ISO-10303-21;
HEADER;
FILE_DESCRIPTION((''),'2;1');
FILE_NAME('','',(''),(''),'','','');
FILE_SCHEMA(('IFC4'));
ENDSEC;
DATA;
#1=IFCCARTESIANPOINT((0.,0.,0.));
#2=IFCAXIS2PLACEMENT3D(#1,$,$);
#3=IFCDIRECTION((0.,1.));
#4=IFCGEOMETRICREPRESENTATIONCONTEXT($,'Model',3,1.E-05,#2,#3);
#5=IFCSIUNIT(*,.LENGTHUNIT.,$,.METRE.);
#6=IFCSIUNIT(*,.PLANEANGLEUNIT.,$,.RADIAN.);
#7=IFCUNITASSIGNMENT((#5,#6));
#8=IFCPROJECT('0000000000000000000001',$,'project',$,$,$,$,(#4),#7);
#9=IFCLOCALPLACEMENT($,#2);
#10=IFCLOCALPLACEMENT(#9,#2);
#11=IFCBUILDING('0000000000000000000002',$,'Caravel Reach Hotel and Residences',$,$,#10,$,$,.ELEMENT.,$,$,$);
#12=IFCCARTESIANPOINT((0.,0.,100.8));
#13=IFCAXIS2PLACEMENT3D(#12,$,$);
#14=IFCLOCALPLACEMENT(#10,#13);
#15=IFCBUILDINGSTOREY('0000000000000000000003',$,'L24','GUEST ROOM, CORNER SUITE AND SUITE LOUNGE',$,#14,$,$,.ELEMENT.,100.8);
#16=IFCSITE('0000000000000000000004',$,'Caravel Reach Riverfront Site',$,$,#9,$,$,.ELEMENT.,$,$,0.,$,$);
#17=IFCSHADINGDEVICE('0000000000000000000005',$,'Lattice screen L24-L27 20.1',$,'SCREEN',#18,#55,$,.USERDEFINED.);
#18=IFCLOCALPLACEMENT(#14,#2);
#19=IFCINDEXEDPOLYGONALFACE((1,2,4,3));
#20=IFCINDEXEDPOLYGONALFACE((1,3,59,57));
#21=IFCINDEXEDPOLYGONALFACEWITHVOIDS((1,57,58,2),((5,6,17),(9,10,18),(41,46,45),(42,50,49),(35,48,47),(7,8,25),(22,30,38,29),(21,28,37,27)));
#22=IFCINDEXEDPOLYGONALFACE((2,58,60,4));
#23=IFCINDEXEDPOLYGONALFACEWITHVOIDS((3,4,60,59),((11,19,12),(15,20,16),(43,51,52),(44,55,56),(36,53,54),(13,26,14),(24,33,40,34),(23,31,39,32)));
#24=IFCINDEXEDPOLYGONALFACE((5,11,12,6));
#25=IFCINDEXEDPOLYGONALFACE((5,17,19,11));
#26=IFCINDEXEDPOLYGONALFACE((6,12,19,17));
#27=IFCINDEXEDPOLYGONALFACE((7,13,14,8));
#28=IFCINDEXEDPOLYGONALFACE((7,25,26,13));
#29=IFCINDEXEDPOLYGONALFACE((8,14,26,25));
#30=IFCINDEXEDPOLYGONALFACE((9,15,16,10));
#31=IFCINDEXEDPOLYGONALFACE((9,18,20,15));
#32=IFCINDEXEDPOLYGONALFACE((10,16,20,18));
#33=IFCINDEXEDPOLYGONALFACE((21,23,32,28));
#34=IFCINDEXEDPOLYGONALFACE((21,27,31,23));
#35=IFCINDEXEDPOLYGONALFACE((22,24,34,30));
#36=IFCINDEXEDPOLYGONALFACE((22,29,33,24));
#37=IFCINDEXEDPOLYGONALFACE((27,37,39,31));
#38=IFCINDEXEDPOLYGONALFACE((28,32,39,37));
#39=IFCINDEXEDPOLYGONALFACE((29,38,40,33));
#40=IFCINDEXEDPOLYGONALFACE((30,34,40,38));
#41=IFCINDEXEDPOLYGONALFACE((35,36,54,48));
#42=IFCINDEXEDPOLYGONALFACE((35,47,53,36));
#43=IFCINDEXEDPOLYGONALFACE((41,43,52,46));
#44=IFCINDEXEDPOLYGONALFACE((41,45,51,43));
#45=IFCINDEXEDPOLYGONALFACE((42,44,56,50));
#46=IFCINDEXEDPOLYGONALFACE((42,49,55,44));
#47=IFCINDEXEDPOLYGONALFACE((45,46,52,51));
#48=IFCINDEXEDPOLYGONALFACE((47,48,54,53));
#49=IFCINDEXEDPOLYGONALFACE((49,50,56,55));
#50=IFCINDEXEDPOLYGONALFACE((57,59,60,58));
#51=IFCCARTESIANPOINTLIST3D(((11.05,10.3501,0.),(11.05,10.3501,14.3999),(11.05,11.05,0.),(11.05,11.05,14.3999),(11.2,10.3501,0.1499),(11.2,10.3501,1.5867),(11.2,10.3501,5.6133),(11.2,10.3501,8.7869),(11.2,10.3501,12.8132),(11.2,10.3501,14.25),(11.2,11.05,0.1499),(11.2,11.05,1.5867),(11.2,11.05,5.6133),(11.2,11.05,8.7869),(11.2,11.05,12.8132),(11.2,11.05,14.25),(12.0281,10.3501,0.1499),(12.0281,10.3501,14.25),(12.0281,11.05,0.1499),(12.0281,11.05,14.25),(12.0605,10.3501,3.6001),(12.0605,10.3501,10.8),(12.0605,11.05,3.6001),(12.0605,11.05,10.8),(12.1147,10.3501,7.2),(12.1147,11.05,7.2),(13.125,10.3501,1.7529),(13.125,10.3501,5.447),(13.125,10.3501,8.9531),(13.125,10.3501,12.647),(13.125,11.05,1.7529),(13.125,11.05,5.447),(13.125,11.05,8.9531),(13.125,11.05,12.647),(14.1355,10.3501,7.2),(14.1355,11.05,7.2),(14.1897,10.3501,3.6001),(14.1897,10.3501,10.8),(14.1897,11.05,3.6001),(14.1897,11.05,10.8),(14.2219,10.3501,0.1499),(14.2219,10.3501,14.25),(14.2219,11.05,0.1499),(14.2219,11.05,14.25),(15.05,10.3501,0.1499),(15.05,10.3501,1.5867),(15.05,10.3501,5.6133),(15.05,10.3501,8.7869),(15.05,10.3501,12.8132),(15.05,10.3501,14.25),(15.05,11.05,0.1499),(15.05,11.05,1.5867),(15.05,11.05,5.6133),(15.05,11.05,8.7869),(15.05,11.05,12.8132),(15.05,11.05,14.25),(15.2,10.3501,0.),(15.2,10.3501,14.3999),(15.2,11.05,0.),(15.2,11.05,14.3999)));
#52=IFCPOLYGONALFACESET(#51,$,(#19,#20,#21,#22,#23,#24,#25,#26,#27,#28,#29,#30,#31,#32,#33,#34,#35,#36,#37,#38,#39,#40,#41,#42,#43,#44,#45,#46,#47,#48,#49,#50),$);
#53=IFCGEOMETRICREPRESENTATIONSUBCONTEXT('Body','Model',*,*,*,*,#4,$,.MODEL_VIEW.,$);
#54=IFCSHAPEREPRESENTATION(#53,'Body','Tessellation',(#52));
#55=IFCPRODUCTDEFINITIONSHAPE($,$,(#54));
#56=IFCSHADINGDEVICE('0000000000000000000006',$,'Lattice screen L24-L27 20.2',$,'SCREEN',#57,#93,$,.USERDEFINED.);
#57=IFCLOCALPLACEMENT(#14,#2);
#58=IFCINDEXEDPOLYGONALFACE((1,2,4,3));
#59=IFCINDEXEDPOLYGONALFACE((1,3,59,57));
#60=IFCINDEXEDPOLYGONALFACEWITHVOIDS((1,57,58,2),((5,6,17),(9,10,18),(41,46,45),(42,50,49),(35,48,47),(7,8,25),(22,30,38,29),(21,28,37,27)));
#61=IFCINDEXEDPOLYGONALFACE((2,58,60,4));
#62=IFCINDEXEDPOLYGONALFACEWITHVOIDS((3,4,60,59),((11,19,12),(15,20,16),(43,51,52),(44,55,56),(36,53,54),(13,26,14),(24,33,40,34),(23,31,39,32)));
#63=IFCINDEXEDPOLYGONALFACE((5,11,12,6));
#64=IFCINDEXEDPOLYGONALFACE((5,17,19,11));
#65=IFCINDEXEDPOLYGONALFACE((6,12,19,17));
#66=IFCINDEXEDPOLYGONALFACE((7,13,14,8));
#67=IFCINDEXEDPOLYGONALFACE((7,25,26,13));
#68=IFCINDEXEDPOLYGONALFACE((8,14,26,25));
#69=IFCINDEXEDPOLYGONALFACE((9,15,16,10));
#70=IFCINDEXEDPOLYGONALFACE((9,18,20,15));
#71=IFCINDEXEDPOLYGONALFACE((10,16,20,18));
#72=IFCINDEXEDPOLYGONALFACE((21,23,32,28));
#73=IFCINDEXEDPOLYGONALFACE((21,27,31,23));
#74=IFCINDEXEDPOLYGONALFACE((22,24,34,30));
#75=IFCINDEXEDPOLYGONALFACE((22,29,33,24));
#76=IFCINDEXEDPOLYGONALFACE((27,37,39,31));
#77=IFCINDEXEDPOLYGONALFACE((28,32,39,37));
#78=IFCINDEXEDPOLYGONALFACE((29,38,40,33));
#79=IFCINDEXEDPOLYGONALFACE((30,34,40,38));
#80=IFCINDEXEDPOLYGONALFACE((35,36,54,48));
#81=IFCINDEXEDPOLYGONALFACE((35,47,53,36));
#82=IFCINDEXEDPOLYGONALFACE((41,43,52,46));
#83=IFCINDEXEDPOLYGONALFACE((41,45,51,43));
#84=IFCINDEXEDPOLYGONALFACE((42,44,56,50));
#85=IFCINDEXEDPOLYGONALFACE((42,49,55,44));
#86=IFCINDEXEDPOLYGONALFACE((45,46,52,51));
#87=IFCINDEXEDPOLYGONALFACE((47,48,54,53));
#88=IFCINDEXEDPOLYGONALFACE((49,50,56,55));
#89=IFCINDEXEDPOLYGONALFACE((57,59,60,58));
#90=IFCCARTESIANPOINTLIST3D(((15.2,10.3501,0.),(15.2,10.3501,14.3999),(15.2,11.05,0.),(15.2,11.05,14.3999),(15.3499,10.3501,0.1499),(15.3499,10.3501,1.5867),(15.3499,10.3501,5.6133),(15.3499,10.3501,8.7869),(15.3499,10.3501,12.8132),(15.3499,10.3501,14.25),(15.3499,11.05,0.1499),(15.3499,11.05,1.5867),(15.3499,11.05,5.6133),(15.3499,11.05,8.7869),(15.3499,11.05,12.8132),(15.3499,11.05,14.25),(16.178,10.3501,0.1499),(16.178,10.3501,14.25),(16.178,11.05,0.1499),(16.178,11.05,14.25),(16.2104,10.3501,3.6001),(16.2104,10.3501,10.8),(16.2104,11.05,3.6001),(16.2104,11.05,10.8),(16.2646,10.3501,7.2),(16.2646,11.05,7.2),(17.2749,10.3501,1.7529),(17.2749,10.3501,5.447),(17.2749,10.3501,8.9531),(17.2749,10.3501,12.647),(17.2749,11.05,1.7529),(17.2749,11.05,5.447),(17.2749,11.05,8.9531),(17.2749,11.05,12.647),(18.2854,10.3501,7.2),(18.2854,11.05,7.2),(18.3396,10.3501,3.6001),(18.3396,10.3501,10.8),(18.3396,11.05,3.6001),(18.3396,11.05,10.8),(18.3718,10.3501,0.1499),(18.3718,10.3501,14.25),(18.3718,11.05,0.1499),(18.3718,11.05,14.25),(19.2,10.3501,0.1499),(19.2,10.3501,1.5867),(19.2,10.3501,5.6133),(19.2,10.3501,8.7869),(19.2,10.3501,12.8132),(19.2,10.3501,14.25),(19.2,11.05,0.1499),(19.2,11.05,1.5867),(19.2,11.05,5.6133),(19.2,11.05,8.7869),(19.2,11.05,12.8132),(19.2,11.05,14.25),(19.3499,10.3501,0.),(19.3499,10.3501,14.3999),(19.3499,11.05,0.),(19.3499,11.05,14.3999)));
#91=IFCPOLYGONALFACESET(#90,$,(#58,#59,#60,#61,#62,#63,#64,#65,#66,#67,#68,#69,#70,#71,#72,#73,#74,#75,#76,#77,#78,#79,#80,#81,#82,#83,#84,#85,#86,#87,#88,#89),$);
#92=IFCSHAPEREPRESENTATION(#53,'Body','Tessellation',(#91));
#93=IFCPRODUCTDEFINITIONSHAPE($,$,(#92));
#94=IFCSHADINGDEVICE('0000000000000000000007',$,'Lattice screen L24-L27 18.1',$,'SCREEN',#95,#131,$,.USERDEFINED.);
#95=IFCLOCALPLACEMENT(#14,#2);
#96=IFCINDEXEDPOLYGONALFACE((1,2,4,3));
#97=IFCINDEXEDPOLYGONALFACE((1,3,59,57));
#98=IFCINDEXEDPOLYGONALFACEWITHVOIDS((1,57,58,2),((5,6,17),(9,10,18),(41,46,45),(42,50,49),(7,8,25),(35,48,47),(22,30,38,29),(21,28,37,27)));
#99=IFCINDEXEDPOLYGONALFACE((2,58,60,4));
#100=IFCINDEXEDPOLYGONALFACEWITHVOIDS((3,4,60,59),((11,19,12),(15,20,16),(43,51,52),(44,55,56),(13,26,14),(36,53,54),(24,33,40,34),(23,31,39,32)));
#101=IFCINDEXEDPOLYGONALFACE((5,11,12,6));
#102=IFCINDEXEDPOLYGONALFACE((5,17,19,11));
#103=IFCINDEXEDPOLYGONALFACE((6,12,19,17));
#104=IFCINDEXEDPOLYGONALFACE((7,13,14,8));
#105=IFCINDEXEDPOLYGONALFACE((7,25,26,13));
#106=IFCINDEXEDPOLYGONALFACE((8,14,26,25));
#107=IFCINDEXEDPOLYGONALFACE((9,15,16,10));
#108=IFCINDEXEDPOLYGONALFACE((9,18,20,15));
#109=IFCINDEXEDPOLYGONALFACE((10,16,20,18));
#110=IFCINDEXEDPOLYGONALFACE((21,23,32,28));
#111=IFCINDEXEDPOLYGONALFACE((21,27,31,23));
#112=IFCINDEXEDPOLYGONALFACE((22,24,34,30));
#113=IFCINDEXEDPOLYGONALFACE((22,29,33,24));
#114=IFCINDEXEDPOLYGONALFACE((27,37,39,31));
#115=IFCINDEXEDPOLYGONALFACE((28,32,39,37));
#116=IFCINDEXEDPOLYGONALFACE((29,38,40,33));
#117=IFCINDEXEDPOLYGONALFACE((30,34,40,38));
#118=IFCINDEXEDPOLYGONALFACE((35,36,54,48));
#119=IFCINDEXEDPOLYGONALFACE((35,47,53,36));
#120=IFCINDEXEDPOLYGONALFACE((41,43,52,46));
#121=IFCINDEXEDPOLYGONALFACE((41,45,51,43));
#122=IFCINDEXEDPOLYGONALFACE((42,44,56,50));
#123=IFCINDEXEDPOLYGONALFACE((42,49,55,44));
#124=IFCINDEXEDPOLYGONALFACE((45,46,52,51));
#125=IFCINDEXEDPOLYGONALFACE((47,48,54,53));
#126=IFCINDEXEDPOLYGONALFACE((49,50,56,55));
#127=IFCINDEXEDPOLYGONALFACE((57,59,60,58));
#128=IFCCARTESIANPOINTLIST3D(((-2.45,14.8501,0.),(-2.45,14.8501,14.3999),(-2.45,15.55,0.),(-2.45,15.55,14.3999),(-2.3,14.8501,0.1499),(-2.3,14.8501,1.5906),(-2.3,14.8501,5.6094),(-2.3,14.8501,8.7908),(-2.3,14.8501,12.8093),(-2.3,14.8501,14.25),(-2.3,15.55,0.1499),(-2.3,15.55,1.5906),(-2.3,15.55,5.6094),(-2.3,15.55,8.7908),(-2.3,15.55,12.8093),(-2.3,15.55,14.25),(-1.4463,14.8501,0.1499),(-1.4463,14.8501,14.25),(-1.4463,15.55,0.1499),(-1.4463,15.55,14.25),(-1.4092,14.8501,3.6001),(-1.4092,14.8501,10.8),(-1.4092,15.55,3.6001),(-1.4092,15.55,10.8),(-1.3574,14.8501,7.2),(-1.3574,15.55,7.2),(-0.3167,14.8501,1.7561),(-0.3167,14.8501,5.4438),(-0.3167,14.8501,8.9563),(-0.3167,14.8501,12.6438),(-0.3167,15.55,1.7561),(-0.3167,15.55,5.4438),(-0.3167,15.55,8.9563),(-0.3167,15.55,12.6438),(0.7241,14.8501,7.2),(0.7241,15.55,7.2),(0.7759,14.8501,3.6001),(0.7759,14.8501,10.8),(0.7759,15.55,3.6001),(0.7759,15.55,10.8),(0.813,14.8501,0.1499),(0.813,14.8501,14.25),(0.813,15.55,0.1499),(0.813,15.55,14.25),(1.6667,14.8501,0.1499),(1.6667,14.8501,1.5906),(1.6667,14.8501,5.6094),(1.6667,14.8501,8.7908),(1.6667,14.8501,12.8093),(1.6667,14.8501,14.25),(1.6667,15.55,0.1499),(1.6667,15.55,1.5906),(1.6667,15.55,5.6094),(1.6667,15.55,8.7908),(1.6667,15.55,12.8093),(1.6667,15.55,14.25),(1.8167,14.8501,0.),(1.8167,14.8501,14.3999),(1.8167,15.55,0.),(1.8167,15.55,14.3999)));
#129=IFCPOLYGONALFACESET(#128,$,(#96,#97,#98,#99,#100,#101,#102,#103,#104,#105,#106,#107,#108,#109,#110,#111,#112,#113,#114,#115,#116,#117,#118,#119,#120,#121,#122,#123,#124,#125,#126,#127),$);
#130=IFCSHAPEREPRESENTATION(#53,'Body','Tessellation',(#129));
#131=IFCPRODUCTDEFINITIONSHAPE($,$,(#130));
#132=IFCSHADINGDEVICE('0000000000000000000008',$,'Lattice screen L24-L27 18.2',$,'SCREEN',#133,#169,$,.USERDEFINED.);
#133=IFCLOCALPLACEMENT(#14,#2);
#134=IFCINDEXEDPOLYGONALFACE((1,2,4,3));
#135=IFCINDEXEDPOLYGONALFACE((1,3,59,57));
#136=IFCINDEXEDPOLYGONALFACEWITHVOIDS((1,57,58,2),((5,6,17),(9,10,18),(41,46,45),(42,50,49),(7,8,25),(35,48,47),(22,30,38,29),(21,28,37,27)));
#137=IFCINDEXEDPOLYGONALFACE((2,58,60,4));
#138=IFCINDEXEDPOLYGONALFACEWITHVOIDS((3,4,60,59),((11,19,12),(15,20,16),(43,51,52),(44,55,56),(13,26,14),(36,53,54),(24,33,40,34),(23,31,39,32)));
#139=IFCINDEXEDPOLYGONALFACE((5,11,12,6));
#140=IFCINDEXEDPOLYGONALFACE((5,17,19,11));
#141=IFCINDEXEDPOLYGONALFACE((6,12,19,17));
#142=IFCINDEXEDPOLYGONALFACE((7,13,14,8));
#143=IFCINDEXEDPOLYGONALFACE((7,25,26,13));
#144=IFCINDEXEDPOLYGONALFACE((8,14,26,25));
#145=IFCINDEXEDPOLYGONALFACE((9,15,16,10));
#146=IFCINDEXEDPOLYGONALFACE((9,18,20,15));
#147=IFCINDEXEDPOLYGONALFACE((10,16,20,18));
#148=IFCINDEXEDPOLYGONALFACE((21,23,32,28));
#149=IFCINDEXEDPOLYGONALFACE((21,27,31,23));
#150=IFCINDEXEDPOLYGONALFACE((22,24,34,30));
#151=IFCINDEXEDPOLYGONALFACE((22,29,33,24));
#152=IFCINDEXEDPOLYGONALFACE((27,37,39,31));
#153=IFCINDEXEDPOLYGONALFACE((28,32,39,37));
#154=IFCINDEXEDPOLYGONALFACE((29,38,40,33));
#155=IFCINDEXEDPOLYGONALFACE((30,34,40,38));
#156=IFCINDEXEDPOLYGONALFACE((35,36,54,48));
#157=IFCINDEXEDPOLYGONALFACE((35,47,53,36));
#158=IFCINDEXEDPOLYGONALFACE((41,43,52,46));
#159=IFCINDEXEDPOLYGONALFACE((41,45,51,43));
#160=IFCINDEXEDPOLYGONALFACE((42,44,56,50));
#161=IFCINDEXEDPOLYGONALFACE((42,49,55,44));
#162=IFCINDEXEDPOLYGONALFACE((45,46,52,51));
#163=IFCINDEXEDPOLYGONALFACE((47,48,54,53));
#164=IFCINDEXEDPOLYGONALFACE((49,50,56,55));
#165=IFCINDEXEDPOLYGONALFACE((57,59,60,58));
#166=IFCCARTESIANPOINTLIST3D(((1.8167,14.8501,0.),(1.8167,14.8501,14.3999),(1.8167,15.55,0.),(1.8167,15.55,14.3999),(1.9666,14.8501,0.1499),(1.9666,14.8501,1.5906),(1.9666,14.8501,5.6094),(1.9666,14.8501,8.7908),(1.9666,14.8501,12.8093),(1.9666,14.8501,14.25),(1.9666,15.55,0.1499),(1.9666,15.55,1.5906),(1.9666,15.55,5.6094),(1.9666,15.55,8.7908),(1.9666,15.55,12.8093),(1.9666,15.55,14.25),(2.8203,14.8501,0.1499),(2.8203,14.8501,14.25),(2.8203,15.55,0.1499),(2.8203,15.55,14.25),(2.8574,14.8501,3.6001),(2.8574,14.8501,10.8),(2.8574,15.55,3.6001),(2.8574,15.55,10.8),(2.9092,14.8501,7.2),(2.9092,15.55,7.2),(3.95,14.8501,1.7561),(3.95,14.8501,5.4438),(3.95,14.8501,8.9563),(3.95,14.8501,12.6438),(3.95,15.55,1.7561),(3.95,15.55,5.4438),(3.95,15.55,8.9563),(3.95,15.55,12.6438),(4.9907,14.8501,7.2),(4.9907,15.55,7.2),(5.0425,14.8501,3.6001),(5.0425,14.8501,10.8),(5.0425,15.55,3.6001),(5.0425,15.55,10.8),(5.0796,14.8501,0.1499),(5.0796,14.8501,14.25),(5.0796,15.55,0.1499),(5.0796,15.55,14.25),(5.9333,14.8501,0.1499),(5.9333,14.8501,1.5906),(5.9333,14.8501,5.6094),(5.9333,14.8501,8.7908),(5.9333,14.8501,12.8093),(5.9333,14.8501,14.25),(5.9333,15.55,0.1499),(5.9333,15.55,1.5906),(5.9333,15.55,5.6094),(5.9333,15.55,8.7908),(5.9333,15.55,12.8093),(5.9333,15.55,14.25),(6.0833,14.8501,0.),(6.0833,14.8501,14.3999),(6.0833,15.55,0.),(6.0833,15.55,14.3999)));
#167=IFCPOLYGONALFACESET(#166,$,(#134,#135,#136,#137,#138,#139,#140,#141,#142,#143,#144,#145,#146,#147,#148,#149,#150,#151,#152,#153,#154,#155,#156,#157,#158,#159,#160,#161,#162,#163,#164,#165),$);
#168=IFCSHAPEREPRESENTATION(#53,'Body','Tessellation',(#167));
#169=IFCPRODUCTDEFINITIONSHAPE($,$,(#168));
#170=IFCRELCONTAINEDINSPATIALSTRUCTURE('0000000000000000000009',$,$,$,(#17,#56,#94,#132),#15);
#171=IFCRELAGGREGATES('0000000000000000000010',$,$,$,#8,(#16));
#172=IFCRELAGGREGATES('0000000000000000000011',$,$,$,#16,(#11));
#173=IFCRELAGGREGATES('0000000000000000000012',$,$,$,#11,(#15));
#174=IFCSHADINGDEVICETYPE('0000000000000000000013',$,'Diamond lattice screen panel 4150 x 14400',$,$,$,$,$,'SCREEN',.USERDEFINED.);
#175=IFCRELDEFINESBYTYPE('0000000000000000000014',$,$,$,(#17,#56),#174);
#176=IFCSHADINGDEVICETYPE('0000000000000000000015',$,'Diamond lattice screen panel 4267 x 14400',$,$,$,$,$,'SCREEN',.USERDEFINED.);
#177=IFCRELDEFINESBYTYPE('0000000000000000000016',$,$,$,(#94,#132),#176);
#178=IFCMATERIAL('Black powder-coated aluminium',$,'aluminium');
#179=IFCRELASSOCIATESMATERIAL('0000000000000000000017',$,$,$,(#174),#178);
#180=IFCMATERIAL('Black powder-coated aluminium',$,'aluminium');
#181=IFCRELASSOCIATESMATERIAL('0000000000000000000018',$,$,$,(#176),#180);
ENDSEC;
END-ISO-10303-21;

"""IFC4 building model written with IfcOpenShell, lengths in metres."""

from ifc_helpers import new_model, si_unit, direction, frame, origin, place, context, subcontext, project, spatial, polyline, outline, extrude, material, type_object, element, save


model = new_model("IFC4")

# Units and contexts
model_context = context("Model", 3, precision=1e-05, world=origin(), true_north=direction((0.0, 1.0)))
body_context = subcontext(model_context, "Body", "Model", "MODEL_VIEW")
ifc_project = project(units=[si_unit("LENGTHUNIT", "METRE"), si_unit("PLANEANGLEUNIT", "RADIAN")], contexts=[model_context])

# Site, building, storey
site_placement = place(None, origin())
site = spatial("IfcSite", under=ifc_project, at=site_placement, Name="Caravel Reach Riverfront Site", CompositionType="ELEMENT", RefElevation=0.0)
building_placement = place(site_placement, origin())
building = spatial("IfcBuilding", under=site, at=building_placement, Name="Caravel Reach Hotel and Residences", CompositionType="ELEMENT")
storey_placement = place(building_placement, frame((0.0, 0.0, 100.8)))
storey = spatial("IfcBuildingStorey", under=building, at=storey_placement, Name="L24", Description="GUEST ROOM, CORNER SUITE AND SUITE LOUNGE", CompositionType="ELEMENT", Elevation=100.8)

# Shading devices
ifc_material_1 = material(Name="Black powder-coated aluminium", Category="aluminium")
shading_device_type_1 = type_object("IfcShadingDeviceType", Name="Diamond lattice screen panel 4150 x 14400", ElementType="SCREEN", PredefinedType="USERDEFINED", material=ifc_material_1)
for number, where, z_axis, x_axis, name in (
    (1, (11.05, 11.05, 0.0), (0.0, -1.0, 0.0), (1.0, 0.0, 0.0), "Lattice screen L24-L27 20.1"),
    (2, (15.2, 11.05, 0.0), (0.0, -1.0, 0.0), (1.0, 0.0, 0.0), "Lattice screen L24-L27 20.2"),
):
    element("IfcShadingDevice", number, at=place(storey_placement, frame(where, z_axis=z_axis, x_axis=x_axis)), inside=storey, type_object=shading_device_type_1, Name=name, ObjectType="SCREEN", PredefinedType="USERDEFINED", context=body_context, shape_type="SweptSolid", body=[
        extrude(outline(polyline([(0.0, 0.0), (4.1499, 0.0), (4.1499, 14.3999), (0.0, 14.3999), (0.0, 0.0)]), holes=[polyline([(0.978, 0.1499), (0.1499, 1.5867), (0.1499, 0.1499), (0.978, 0.1499)]), polyline([(1.0647, 7.2), (0.1499, 8.7869), (0.1499, 5.6133), (1.0647, 7.2)]), polyline([(0.1499, 12.8132), (0.978, 14.25), (0.1499, 14.25), (0.1499, 12.8132)]), polyline([(2.075, 5.447), (1.0105, 3.6001), (2.075, 1.7529), (3.1396, 3.6001), (2.075, 5.447)]), polyline([(2.075, 12.647), (1.0105, 10.8), (2.075, 8.9531), (3.1396, 10.8), (2.075, 12.647)]), polyline([(4.0, 1.5867), (3.1719, 0.1499), (4.0, 0.1499), (4.0, 1.5867)]), polyline([(3.0854, 7.2), (4.0, 5.6133), (4.0, 8.7869), (3.0854, 7.2)]), polyline([(3.1719, 14.25), (4.0, 12.8132), (4.0, 14.25), (3.1719, 14.25)])]), origin(), (0.0, 0.0, 1.0), 0.7),
    ])
ifc_material_2 = material(Name="Black powder-coated aluminium", Category="aluminium")
shading_device_type_2 = type_object("IfcShadingDeviceType", Name="Diamond lattice screen panel 4267 x 14400", ElementType="SCREEN", PredefinedType="USERDEFINED", material=ifc_material_2)
for number, where, z_axis, x_axis, name in (
    (3, (-2.45, 15.55, 0.0), (0.0, -1.0, 0.0), (1.0, 0.0, 0.0), "Lattice screen L24-L27 18.1"),
    (4, (1.8167, 15.55, 0.0), (0.0, -1.0, 0.0), (1.0, 0.0, 0.0), "Lattice screen L24-L27 18.2"),
):
    element("IfcShadingDevice", number, at=place(storey_placement, frame(where, z_axis=z_axis, x_axis=x_axis)), inside=storey, type_object=shading_device_type_2, Name=name, ObjectType="SCREEN", PredefinedType="USERDEFINED", context=body_context, shape_type="SweptSolid", body=[
        extrude(outline(polyline([(0.0, 0.0), (4.2666, 0.0), (4.2666, 14.3999), (0.0, 14.3999), (0.0, 0.0)]), holes=[polyline([(1.0037, 0.1499), (0.1499, 1.5906), (0.1499, 0.1499), (1.0037, 0.1499)]), polyline([(1.0925, 7.2), (0.1499, 8.7908), (0.1499, 5.6094), (1.0925, 7.2)]), polyline([(0.1499, 12.8093), (1.0037, 14.25), (0.1499, 14.25), (0.1499, 12.8093)]), polyline([(2.1333, 5.4438), (1.0408, 3.6001), (2.1333, 1.7561), (3.2258, 3.6001), (2.1333, 5.4438)]), polyline([(2.1333, 12.6438), (1.0408, 10.8), (2.1333, 8.9563), (3.2258, 10.8), (2.1333, 12.6438)]), polyline([(4.1167, 1.5906), (3.2629, 0.1499), (4.1167, 0.1499), (4.1167, 1.5906)]), polyline([(3.1741, 7.2), (4.1167, 5.6094), (4.1167, 8.7908), (3.1741, 7.2)]), polyline([(3.2629, 14.25), (4.1167, 12.8093), (4.1167, 14.25), (3.2629, 14.25)])]), origin(), (0.0, 0.0, 1.0), 0.7),
    ])

save(model, "model.ifc")
